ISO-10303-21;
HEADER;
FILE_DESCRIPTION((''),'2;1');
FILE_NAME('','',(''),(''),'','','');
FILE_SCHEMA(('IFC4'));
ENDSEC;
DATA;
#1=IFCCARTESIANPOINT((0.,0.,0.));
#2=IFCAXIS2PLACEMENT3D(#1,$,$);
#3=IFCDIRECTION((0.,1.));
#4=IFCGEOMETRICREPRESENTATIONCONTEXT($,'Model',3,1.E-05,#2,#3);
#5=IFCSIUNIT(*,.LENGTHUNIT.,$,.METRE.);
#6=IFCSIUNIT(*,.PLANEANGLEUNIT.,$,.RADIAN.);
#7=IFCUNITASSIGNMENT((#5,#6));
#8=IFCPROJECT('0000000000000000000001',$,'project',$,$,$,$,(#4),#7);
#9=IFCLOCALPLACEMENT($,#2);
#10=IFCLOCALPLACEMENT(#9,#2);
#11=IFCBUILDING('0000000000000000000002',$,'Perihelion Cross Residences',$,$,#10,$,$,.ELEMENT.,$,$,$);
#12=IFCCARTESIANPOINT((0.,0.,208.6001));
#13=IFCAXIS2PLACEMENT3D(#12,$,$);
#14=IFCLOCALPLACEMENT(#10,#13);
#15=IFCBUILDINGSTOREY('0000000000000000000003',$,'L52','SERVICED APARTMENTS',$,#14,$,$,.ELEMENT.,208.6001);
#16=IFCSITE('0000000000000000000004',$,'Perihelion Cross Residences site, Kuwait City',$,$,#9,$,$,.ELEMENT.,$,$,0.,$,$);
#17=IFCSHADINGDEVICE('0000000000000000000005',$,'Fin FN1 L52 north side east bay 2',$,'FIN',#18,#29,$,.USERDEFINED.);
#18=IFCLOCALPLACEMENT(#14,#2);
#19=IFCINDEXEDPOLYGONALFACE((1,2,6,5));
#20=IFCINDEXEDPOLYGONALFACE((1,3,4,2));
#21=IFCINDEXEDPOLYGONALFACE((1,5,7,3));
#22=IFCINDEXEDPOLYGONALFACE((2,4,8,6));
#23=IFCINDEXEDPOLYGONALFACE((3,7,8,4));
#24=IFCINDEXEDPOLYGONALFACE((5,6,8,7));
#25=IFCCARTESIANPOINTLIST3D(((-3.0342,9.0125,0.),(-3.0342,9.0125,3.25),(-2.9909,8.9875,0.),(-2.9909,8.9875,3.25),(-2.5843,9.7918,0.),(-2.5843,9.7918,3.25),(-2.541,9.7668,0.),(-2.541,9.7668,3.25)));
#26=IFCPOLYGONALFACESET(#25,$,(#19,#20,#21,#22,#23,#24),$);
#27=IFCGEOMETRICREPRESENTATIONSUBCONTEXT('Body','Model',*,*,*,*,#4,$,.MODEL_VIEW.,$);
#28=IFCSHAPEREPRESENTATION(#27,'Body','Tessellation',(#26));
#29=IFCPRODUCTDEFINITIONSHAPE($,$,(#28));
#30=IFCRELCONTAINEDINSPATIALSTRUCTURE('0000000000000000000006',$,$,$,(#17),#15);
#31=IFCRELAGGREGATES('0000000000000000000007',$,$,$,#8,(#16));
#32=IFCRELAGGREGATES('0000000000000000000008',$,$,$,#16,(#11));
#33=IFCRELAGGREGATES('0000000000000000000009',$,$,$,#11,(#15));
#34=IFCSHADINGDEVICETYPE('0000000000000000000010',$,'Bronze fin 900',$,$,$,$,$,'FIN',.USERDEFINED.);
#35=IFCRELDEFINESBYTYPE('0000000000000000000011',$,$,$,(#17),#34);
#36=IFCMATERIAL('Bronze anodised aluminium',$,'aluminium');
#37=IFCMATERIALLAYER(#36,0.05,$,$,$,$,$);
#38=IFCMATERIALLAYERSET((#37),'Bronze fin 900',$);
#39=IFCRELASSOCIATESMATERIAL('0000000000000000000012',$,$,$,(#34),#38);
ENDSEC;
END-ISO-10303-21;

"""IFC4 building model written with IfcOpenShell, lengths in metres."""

from ifc_helpers import new_model, si_unit, direction, frame, origin, origin_2d, place, context, subcontext, project, spatial, rectangle, extrude, material, layer, layer_set, type_object, element, save


model = new_model("IFC4")

# Units and contexts
model_context = context("Model", 3, precision=1e-05, world=origin(), true_north=direction((0.0, 1.0)))
body_context = subcontext(model_context, "Body", "Model", "MODEL_VIEW")
ifc_project = project(units=[si_unit("LENGTHUNIT", "METRE"), si_unit("PLANEANGLEUNIT", "RADIAN")], contexts=[model_context])

# Site, building, storey
site_placement = place(None, origin())
site = spatial("IfcSite", under=ifc_project, at=site_placement, Name="Perihelion Cross Residences site, Kuwait City", CompositionType="ELEMENT", RefElevation=0.0)
building_placement = place(site_placement, origin())
building = spatial("IfcBuilding", under=site, at=building_placement, Name="Perihelion Cross Residences", CompositionType="ELEMENT")
storey_placement = place(building_placement, frame((0.0, 0.0, 208.6001)))
storey = spatial("IfcBuildingStorey", under=building, at=storey_placement, Name="L52", Description="SERVICED APARTMENTS", CompositionType="ELEMENT", Elevation=208.6001)

# Shading device
ifc_material_1 = material(Name="Bronze anodised aluminium", Category="aluminium")
ifc_layer_1 = layer(ifc_material_1, 0.05)
ifc_layer_set_1 = layer_set([ifc_layer_1], Name="Bronze fin 900")
shading_device_type = type_object("IfcShadingDeviceType", Name="Bronze fin 900", ElementType="FIN", PredefinedType="USERDEFINED", material=ifc_layer_set_1)
shading_device_placement = place(storey_placement, frame((-2.7876, 9.3896, 0.0), z_axis=(0.0, 0.0, 1.0), x_axis=(0.5, 0.866025, 0.0)))
element("IfcShadingDevice", 1, at=shading_device_placement, inside=storey, type_object=shading_device_type, Name="Fin FN1 L52 north side east bay 2", ObjectType="FIN", PredefinedType="USERDEFINED", context=body_context, shape_type="SweptSolid", body=[
    extrude(rectangle(XDim=0.8999, YDim=0.05, at=origin_2d()), origin(), (0.0, 0.0, 1.0), 3.25),
])

save(model, "model.ifc")
